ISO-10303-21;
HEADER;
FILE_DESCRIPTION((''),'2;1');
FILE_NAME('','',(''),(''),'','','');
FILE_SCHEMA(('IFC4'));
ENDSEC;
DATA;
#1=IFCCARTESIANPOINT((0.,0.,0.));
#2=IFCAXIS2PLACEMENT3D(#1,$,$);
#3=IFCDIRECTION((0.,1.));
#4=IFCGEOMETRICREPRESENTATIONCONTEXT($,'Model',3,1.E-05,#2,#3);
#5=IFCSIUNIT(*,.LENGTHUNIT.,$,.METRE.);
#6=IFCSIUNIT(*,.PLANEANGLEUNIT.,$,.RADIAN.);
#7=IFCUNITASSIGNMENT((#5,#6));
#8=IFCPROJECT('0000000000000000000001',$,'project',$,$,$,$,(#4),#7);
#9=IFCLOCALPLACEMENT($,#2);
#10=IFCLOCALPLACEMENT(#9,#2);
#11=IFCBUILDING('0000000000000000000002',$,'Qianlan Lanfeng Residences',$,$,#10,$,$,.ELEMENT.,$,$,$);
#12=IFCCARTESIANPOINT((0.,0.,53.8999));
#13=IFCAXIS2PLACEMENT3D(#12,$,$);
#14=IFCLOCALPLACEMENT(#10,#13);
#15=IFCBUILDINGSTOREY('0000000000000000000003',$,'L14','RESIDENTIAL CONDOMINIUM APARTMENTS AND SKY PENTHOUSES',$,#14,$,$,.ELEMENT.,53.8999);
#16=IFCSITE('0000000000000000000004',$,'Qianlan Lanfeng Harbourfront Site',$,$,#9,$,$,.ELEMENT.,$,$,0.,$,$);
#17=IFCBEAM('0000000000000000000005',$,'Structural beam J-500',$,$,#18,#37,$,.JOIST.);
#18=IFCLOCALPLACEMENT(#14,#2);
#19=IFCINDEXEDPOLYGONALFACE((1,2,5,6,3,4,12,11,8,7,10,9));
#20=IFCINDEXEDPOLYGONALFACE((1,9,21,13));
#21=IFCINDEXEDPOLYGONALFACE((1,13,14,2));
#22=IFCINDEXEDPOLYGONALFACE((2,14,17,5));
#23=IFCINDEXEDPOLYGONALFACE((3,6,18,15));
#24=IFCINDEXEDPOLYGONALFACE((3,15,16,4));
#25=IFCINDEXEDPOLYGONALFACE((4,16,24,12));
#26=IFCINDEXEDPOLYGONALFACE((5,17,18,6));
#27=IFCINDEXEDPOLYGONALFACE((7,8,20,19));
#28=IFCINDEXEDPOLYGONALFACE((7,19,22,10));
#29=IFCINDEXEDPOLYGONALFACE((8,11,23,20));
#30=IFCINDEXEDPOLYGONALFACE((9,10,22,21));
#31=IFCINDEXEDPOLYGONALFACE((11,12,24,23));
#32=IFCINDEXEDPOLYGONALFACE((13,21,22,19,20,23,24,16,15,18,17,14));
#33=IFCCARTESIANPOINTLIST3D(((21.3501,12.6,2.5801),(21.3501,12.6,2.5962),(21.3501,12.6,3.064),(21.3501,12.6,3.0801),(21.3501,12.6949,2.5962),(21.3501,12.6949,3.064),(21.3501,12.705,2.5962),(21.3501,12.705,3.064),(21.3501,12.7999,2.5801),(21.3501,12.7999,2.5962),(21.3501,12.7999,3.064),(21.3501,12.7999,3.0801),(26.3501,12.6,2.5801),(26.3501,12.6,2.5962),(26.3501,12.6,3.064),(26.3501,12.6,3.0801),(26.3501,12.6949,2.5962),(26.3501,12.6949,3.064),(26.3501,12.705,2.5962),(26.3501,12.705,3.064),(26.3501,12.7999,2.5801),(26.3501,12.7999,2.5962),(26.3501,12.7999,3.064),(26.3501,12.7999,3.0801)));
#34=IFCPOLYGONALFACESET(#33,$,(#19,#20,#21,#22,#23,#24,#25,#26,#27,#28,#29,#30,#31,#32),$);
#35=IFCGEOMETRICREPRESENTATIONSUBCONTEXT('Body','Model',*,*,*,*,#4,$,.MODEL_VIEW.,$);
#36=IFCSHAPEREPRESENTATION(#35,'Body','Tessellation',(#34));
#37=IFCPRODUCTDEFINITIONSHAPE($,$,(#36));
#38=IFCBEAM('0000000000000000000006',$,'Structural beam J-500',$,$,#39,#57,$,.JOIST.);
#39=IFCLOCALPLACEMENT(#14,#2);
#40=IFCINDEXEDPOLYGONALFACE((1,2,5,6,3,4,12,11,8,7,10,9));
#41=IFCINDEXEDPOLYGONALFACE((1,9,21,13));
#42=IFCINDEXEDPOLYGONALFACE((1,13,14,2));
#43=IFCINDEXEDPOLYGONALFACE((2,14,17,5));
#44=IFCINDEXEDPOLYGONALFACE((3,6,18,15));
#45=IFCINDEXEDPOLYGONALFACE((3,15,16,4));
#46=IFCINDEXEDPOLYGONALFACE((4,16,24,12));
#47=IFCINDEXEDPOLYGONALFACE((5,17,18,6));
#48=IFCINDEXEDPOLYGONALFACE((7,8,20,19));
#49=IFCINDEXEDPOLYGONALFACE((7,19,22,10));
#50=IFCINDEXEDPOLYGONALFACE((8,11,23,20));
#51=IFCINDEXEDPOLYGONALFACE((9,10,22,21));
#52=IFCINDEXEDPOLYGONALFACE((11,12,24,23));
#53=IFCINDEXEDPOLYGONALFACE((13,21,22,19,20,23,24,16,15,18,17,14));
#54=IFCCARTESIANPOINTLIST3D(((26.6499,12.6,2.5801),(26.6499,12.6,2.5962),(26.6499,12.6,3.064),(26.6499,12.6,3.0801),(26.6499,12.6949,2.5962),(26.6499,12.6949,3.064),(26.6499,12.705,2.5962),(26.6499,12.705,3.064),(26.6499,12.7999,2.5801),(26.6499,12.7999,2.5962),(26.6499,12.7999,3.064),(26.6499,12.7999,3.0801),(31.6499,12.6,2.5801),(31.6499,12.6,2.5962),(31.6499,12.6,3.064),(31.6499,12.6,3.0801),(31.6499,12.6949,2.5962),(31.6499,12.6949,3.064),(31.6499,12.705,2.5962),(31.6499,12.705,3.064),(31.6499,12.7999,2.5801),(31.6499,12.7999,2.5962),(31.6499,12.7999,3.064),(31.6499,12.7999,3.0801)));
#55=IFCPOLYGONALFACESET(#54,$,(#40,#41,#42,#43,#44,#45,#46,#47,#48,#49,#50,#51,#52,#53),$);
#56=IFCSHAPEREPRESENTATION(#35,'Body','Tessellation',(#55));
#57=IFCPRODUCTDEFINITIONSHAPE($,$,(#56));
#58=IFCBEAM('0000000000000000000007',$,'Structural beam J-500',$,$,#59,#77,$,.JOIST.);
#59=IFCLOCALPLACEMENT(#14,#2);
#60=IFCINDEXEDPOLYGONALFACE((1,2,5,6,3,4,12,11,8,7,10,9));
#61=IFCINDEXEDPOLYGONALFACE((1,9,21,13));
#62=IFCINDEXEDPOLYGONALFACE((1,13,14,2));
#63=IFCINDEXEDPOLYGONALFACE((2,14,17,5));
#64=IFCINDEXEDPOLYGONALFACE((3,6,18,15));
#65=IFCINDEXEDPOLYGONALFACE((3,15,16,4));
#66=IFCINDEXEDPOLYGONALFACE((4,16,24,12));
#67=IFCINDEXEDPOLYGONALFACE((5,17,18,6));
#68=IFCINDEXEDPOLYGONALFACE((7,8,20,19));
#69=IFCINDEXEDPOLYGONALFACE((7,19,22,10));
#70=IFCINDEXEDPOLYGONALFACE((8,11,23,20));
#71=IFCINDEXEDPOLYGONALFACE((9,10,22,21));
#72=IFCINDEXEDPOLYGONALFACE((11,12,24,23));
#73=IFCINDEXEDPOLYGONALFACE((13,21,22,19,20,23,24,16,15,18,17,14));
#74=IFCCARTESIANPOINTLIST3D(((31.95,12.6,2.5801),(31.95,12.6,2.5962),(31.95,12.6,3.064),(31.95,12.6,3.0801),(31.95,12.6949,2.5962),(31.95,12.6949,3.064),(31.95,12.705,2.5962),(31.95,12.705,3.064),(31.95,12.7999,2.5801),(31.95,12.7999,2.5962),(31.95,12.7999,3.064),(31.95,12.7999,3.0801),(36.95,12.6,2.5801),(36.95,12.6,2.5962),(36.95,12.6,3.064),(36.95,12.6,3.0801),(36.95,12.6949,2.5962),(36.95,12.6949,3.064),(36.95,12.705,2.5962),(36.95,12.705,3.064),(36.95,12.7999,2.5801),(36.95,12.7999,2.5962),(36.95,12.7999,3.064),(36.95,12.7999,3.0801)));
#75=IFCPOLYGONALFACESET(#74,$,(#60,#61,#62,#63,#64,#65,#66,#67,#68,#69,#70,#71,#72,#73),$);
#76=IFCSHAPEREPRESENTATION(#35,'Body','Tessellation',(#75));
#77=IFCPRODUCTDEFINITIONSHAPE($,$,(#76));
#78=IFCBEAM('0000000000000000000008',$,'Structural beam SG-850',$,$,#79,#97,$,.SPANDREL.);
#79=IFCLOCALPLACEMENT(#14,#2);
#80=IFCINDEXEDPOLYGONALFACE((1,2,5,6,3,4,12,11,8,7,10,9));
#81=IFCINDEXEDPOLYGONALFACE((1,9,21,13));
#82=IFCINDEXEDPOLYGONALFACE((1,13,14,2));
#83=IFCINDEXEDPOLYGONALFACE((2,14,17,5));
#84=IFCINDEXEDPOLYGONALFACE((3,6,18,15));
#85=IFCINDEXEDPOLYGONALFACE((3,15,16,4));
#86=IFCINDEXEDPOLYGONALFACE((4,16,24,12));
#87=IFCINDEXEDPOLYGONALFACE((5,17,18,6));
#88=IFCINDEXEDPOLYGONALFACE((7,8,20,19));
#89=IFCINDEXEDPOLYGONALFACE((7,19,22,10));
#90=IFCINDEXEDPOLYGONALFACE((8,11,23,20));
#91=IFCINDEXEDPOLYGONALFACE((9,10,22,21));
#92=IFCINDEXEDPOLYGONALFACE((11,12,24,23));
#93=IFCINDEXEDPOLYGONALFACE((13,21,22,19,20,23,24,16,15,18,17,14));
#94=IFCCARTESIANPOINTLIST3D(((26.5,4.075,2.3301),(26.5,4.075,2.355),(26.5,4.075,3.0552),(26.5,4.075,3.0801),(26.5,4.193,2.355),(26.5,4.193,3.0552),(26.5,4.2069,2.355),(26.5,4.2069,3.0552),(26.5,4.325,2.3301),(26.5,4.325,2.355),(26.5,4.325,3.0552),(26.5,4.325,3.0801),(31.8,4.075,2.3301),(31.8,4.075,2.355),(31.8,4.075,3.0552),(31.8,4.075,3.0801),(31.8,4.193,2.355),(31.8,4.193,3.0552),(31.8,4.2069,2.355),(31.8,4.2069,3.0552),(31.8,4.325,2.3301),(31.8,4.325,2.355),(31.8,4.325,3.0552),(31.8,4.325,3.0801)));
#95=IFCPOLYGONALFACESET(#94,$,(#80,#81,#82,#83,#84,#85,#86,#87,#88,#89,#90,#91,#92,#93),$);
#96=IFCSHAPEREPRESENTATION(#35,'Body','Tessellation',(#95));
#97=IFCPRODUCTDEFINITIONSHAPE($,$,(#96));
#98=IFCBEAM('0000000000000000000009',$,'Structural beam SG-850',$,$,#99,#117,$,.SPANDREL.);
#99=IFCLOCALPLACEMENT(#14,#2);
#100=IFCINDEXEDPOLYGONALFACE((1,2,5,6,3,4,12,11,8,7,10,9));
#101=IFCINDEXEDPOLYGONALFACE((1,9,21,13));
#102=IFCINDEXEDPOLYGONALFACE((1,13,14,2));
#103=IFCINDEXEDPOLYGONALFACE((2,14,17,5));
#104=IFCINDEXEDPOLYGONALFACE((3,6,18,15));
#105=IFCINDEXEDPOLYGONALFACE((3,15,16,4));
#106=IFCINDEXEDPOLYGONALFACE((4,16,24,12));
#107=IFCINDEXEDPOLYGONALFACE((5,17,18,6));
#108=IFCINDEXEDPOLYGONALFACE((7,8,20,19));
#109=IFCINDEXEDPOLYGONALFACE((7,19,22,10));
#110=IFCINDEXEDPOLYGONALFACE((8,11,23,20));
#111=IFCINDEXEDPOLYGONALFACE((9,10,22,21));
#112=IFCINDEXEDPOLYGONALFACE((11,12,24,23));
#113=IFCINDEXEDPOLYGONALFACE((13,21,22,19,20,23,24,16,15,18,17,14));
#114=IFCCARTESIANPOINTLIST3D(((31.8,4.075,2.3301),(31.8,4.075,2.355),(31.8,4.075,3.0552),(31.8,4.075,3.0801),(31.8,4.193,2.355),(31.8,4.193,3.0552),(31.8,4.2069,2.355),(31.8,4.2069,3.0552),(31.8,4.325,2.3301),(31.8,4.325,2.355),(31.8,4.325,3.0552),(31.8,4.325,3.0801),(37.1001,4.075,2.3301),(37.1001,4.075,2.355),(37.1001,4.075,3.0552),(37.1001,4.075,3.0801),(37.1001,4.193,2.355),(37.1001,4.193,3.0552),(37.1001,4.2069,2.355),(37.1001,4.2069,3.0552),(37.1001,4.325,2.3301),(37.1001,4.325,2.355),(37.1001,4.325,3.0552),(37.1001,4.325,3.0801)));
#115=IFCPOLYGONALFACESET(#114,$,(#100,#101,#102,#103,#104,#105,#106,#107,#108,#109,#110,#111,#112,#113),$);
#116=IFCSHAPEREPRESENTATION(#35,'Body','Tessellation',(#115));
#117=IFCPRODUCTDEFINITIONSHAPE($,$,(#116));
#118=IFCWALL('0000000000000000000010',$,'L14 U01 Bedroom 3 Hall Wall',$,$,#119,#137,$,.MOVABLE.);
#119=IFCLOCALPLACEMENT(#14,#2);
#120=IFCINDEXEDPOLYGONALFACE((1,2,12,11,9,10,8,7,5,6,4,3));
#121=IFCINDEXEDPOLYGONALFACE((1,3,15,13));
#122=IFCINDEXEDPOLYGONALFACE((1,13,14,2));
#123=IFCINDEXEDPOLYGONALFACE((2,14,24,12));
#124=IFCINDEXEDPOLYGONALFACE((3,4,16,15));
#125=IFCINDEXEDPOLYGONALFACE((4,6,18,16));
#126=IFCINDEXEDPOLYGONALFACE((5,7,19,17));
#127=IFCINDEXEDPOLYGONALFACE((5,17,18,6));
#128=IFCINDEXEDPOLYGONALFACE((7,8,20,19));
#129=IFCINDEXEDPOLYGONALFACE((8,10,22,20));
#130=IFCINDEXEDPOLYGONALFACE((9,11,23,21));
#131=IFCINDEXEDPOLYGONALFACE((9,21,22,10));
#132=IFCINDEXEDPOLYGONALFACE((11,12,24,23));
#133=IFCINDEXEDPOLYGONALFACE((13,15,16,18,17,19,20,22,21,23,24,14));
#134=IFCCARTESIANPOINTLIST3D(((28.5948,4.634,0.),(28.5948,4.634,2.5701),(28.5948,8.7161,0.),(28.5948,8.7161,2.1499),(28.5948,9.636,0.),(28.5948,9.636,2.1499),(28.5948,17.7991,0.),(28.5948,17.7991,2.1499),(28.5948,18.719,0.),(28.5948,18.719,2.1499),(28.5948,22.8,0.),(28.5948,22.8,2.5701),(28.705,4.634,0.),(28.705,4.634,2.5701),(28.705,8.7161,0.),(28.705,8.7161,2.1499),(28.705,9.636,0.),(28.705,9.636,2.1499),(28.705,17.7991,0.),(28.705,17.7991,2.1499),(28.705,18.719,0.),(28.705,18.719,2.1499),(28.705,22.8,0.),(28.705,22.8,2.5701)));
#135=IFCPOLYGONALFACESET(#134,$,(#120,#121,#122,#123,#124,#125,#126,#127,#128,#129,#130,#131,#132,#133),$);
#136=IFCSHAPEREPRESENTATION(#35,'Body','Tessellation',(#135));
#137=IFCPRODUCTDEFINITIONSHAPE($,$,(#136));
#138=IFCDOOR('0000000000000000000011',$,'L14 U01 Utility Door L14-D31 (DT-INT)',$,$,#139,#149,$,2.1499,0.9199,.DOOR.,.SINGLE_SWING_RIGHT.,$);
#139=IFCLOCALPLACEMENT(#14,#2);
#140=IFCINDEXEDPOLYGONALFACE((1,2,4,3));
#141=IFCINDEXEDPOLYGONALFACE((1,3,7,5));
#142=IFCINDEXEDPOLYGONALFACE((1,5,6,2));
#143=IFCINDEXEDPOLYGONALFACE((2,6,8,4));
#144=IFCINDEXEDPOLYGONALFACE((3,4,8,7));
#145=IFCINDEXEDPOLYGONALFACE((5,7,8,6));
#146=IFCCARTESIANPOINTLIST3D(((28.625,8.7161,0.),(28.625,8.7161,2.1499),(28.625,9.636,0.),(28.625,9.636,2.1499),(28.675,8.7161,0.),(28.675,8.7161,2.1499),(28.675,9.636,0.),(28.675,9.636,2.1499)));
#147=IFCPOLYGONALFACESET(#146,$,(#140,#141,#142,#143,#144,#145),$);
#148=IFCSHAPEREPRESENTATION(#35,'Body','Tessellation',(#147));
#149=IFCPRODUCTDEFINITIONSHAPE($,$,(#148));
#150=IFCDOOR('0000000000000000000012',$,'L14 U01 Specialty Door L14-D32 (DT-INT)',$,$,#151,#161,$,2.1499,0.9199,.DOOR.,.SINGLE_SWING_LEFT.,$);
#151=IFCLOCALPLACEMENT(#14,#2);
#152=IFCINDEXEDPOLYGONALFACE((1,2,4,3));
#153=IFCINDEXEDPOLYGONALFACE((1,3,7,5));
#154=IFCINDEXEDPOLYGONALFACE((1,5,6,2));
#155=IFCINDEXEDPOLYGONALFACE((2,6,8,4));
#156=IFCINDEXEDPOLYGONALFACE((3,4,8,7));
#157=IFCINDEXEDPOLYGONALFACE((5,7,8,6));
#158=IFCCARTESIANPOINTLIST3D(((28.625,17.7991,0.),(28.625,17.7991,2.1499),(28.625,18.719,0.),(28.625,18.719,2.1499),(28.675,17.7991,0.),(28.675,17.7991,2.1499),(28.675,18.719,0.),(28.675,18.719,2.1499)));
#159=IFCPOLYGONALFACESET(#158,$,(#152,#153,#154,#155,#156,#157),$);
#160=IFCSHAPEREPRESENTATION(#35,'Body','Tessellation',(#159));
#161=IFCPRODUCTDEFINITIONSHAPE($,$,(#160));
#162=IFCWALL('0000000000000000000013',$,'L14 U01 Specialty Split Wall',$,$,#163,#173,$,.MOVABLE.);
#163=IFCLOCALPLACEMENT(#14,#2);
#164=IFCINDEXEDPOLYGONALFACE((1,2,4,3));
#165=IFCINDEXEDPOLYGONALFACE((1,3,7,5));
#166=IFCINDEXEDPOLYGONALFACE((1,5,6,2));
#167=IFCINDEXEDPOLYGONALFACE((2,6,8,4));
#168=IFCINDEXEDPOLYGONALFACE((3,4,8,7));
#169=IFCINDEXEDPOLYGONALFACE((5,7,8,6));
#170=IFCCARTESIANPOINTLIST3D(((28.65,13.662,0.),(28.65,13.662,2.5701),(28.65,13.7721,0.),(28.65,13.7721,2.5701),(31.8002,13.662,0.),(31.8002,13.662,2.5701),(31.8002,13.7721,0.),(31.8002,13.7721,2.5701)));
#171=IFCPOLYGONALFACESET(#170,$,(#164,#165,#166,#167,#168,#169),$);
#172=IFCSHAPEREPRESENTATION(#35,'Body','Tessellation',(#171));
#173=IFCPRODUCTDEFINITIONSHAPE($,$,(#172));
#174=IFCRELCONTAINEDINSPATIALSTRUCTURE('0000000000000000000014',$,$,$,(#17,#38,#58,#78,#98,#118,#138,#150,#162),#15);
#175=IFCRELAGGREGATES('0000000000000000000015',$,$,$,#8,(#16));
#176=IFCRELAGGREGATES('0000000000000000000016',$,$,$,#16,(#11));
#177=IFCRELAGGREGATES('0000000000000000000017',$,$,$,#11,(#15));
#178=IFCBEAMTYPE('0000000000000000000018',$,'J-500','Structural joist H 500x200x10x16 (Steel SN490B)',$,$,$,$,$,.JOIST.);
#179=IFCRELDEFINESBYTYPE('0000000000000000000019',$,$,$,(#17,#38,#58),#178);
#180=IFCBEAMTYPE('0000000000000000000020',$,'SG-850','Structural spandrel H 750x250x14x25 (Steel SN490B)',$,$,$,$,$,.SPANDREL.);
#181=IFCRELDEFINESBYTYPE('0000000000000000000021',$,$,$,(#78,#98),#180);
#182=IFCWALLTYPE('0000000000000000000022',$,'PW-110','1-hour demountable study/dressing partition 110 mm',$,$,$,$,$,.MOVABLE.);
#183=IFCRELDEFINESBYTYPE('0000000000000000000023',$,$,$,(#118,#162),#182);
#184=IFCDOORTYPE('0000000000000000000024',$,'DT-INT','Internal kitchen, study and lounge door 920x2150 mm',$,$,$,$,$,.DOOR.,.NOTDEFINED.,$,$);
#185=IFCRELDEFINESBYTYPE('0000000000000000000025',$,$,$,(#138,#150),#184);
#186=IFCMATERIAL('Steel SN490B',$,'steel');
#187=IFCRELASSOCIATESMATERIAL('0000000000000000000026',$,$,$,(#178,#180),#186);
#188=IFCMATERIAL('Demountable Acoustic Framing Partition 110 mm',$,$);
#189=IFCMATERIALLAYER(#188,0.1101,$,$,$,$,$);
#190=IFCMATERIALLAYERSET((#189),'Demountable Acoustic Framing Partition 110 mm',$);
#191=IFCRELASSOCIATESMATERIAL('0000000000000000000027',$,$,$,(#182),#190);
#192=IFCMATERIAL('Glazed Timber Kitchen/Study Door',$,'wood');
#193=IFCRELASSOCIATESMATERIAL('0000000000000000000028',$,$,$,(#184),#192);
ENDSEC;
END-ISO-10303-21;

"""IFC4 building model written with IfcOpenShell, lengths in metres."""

from ifc_helpers import new_model, si_unit, direction, frame, frame_2d, origin, origin_2d, place, context, subcontext, project, spatial, rectangle, i_section, extrude, material, layer, layer_set, material_profile, profile_set, type_object, element, fill, save


model = new_model("IFC4")

# Units and contexts
model_context = context("Model", 3, precision=1e-05, world=origin(), true_north=direction((0.0, 1.0)))
body_context = subcontext(model_context, "Body", "Model", "MODEL_VIEW")
ifc_project = project(units=[si_unit("LENGTHUNIT", "METRE"), si_unit("PLANEANGLEUNIT", "RADIAN")], contexts=[model_context])

# Site, building, storey
site_placement = place(None, origin())
site = spatial("IfcSite", under=ifc_project, at=site_placement, Name="Qianlan Lanfeng Harbourfront Site", CompositionType="ELEMENT", RefElevation=0.0)
building_placement = place(site_placement, origin())
building = spatial("IfcBuilding", under=site, at=building_placement, Name="Qianlan Lanfeng Residences", CompositionType="ELEMENT")
storey_placement = place(building_placement, frame((0.0, 0.0, 53.8999)))
storey = spatial("IfcBuildingStorey", under=building, at=storey_placement, Name="L14", Description="RESIDENTIAL CONDOMINIUM APARTMENTS AND SKY PENTHOUSES", CompositionType="ELEMENT", Elevation=53.8999)

# Shared definitions
ifc_material_1 = material(Name="Steel SN490B", Category="steel")

# Beams
ifc_material_profile_1 = material_profile(ifc_material_1, i_section(OverallWidth=0.2, OverallDepth=0.5, WebThickness=0.01, FlangeThickness=0.0161, at=origin_2d()), Name="H 500x200x10x16")
ifc_profile_set_1 = profile_set([ifc_material_profile_1], Name="Steel SN490B")
beam_type_1 = type_object("IfcBeamType", Name="J-500", Description="Structural joist H 500x200x10x16 (Steel SN490B)", PredefinedType="JOIST", material=ifc_profile_set_1)
for number, where, z_axis, x_axis, name in (
    (1, (21.3501, 12.7, 2.8301), (1.0, 0.0, 0.0), (0.0, 1.0, 0.0), "Structural beam J-500"),
    (2, (26.6499, 12.7, 2.8301), (1.0, 0.0, 0.0), (0.0, 1.0, 0.0), "Structural beam J-500"),
    (3, (31.95, 12.7, 2.8301), (1.0, 0.0, 0.0), (0.0, 1.0, 0.0), "Structural beam J-500"),
):
    element("IfcBeam", number, at=place(storey_placement, frame(where, z_axis=z_axis, x_axis=x_axis)), inside=storey, type_object=beam_type_1, Name=name, PredefinedType="JOIST", context=body_context, shape_type="SweptSolid", body=[
        extrude(i_section(OverallWidth=0.2, OverallDepth=0.5, WebThickness=0.01, FlangeThickness=0.0161, at=origin_2d()), origin(), (0.0, 0.0, 1.0), 5.0),
    ])
ifc_material_profile_2 = material_profile(ifc_material_1, i_section(OverallWidth=0.25, OverallDepth=0.75, WebThickness=0.0139, FlangeThickness=0.0249, at=origin_2d()), Name="H 750x250x14x25")
ifc_profile_set_2 = profile_set([ifc_material_profile_2], Name="Steel SN490B")
beam_type_2 = type_object("IfcBeamType", Name="SG-850", Description="Structural spandrel H 750x250x14x25 (Steel SN490B)", PredefinedType="SPANDREL", material=ifc_profile_set_2)
for number, where, z_axis, x_axis, name in (
    (4, (26.5, 4.2, 2.7051), (1.0, 0.0, 0.0), (0.0, 1.0, 0.0), "Structural beam SG-850"),
    (5, (31.8, 4.2, 2.7051), (1.0, 0.0, 0.0), (0.0, 1.0, 0.0), "Structural beam SG-850"),
):
    element("IfcBeam", number, at=place(storey_placement, frame(where, z_axis=z_axis, x_axis=x_axis)), inside=storey, type_object=beam_type_2, Name=name, PredefinedType="SPANDREL", context=body_context, shape_type="SweptSolid", body=[
        extrude(i_section(OverallWidth=0.25, OverallDepth=0.75, WebThickness=0.0139, FlangeThickness=0.0249, at=origin_2d()), origin(), (0.0, 0.0, 1.0), 5.3),
    ])

# Wall, openings, doors
ifc_material_2 = material(Name="Demountable Acoustic Framing Partition 110 mm")
ifc_layer_1 = layer(ifc_material_2, 0.1101)
ifc_layer_set_1 = layer_set([ifc_layer_1], Name="Demountable Acoustic Framing Partition 110 mm")
wall_type_1 = type_object("IfcWallType", Name="PW-110", Description="1-hour demountable study/dressing partition 110 mm", PredefinedType="MOVABLE", material=ifc_layer_set_1)
wall_1_placement = place(storey_placement, frame((28.6499, 4.634, 0.0), z_axis=(0.0, 0.0, 1.0), x_axis=(0.0, 1.0, 0.0)))
wall_1 = element("IfcWall", 6, at=wall_1_placement, inside=storey, type_object=wall_type_1, Name="L14 U01 Bedroom 3 Hall Wall", PredefinedType="MOVABLE", context=body_context, shape_type="SweptSolid", body=[
    extrude(rectangle(XDim=18.166, YDim=0.1101, at=frame_2d((9.083, 0.0))), origin(), (0.0, 0.0, 1.0), 2.5701),
])
opening_1_placement = place(wall_1_placement, frame((4.082, 0.0, 0.0)))
opening_1 = element("IfcOpeningElement", 7, at=opening_1_placement, cuts=wall_1, PredefinedType="OPENING", context=body_context, shape_type="SweptSolid", body=[
    extrude(rectangle(XDim=0.9199, YDim=2.1499, at=frame_2d((0.46, 1.075))), frame((0.0, 0.0649, 0.0), z_axis=(0.0, -1.0, 0.0), x_axis=(1.0, 0.0, 0.0)), (0.0, 0.0, 1.0), 0.1301),
])
opening_2_placement = place(wall_1_placement, frame((13.165, 0.0, 0.0)))
opening_2 = element("IfcOpeningElement", 8, at=opening_2_placement, cuts=wall_1, PredefinedType="OPENING", context=body_context, shape_type="SweptSolid", body=[
    extrude(rectangle(XDim=0.9199, YDim=2.1499, at=frame_2d((0.46, 1.075))), frame((0.0, 0.0649, 0.0), z_axis=(0.0, -1.0, 0.0), x_axis=(1.0, 0.0, 0.0)), (0.0, 0.0, 1.0), 0.1301),
])
ifc_material_3 = material(Name="Glazed Timber Kitchen/Study Door", Category="wood")
door_type_1 = type_object("IfcDoorType", Name="DT-INT", Description="Internal kitchen, study and lounge door 920x2150 mm", OperationType="NOTDEFINED", PredefinedType="DOOR", material=ifc_material_3)
door_1_placement = place(opening_1_placement, origin())
door_1 = element("IfcDoor", 9, at=door_1_placement, inside=storey, type_object=door_type_1, Name="L14 U01 Utility Door L14-D31 (DT-INT)", OperationType="SINGLE_SWING_RIGHT", OverallHeight=2.1499, OverallWidth=0.9199, PredefinedType="DOOR", context=body_context, shape_type="SweptSolid", body=[
    extrude(rectangle(XDim=0.9199, YDim=2.1499, at=frame_2d((0.46, 1.075))), frame((0.0, 0.0249, 0.0), z_axis=(0.0, -1.0, 0.0), x_axis=(1.0, 0.0, 0.0)), (0.0, 0.0, 1.0), 0.05),
])
fill(opening_1, door_1)
door_2_placement = place(opening_2_placement, origin())
door_2 = element("IfcDoor", 10, at=door_2_placement, inside=storey, type_object=door_type_1, Name="L14 U01 Specialty Door L14-D32 (DT-INT)", OperationType="SINGLE_SWING_LEFT", OverallHeight=2.1499, OverallWidth=0.9199, PredefinedType="DOOR", context=body_context, shape_type="SweptSolid", body=[
    extrude(rectangle(XDim=0.9199, YDim=2.1499, at=frame_2d((0.46, 1.075))), frame((0.0, 0.0249, 0.0), z_axis=(0.0, -1.0, 0.0), x_axis=(1.0, 0.0, 0.0)), (0.0, 0.0, 1.0), 0.05),
])
fill(opening_2, door_2)

# Wall
wall_2_placement = place(storey_placement, frame((28.6499, 13.717, 0.0), z_axis=(0.0, 0.0, 1.0), x_axis=(1.0, 0.0, 0.0)))
element("IfcWall", 11, at=wall_2_placement, inside=storey, type_object=wall_type_1, Name="L14 U01 Specialty Split Wall", PredefinedType="MOVABLE", context=body_context, shape_type="SweptSolid", body=[
    extrude(rectangle(XDim=3.1501, YDim=0.1101, at=frame_2d((1.5752, 0.0))), origin(), (0.0, 0.0, 1.0), 2.5701),
])

save(model, "model.ifc")
